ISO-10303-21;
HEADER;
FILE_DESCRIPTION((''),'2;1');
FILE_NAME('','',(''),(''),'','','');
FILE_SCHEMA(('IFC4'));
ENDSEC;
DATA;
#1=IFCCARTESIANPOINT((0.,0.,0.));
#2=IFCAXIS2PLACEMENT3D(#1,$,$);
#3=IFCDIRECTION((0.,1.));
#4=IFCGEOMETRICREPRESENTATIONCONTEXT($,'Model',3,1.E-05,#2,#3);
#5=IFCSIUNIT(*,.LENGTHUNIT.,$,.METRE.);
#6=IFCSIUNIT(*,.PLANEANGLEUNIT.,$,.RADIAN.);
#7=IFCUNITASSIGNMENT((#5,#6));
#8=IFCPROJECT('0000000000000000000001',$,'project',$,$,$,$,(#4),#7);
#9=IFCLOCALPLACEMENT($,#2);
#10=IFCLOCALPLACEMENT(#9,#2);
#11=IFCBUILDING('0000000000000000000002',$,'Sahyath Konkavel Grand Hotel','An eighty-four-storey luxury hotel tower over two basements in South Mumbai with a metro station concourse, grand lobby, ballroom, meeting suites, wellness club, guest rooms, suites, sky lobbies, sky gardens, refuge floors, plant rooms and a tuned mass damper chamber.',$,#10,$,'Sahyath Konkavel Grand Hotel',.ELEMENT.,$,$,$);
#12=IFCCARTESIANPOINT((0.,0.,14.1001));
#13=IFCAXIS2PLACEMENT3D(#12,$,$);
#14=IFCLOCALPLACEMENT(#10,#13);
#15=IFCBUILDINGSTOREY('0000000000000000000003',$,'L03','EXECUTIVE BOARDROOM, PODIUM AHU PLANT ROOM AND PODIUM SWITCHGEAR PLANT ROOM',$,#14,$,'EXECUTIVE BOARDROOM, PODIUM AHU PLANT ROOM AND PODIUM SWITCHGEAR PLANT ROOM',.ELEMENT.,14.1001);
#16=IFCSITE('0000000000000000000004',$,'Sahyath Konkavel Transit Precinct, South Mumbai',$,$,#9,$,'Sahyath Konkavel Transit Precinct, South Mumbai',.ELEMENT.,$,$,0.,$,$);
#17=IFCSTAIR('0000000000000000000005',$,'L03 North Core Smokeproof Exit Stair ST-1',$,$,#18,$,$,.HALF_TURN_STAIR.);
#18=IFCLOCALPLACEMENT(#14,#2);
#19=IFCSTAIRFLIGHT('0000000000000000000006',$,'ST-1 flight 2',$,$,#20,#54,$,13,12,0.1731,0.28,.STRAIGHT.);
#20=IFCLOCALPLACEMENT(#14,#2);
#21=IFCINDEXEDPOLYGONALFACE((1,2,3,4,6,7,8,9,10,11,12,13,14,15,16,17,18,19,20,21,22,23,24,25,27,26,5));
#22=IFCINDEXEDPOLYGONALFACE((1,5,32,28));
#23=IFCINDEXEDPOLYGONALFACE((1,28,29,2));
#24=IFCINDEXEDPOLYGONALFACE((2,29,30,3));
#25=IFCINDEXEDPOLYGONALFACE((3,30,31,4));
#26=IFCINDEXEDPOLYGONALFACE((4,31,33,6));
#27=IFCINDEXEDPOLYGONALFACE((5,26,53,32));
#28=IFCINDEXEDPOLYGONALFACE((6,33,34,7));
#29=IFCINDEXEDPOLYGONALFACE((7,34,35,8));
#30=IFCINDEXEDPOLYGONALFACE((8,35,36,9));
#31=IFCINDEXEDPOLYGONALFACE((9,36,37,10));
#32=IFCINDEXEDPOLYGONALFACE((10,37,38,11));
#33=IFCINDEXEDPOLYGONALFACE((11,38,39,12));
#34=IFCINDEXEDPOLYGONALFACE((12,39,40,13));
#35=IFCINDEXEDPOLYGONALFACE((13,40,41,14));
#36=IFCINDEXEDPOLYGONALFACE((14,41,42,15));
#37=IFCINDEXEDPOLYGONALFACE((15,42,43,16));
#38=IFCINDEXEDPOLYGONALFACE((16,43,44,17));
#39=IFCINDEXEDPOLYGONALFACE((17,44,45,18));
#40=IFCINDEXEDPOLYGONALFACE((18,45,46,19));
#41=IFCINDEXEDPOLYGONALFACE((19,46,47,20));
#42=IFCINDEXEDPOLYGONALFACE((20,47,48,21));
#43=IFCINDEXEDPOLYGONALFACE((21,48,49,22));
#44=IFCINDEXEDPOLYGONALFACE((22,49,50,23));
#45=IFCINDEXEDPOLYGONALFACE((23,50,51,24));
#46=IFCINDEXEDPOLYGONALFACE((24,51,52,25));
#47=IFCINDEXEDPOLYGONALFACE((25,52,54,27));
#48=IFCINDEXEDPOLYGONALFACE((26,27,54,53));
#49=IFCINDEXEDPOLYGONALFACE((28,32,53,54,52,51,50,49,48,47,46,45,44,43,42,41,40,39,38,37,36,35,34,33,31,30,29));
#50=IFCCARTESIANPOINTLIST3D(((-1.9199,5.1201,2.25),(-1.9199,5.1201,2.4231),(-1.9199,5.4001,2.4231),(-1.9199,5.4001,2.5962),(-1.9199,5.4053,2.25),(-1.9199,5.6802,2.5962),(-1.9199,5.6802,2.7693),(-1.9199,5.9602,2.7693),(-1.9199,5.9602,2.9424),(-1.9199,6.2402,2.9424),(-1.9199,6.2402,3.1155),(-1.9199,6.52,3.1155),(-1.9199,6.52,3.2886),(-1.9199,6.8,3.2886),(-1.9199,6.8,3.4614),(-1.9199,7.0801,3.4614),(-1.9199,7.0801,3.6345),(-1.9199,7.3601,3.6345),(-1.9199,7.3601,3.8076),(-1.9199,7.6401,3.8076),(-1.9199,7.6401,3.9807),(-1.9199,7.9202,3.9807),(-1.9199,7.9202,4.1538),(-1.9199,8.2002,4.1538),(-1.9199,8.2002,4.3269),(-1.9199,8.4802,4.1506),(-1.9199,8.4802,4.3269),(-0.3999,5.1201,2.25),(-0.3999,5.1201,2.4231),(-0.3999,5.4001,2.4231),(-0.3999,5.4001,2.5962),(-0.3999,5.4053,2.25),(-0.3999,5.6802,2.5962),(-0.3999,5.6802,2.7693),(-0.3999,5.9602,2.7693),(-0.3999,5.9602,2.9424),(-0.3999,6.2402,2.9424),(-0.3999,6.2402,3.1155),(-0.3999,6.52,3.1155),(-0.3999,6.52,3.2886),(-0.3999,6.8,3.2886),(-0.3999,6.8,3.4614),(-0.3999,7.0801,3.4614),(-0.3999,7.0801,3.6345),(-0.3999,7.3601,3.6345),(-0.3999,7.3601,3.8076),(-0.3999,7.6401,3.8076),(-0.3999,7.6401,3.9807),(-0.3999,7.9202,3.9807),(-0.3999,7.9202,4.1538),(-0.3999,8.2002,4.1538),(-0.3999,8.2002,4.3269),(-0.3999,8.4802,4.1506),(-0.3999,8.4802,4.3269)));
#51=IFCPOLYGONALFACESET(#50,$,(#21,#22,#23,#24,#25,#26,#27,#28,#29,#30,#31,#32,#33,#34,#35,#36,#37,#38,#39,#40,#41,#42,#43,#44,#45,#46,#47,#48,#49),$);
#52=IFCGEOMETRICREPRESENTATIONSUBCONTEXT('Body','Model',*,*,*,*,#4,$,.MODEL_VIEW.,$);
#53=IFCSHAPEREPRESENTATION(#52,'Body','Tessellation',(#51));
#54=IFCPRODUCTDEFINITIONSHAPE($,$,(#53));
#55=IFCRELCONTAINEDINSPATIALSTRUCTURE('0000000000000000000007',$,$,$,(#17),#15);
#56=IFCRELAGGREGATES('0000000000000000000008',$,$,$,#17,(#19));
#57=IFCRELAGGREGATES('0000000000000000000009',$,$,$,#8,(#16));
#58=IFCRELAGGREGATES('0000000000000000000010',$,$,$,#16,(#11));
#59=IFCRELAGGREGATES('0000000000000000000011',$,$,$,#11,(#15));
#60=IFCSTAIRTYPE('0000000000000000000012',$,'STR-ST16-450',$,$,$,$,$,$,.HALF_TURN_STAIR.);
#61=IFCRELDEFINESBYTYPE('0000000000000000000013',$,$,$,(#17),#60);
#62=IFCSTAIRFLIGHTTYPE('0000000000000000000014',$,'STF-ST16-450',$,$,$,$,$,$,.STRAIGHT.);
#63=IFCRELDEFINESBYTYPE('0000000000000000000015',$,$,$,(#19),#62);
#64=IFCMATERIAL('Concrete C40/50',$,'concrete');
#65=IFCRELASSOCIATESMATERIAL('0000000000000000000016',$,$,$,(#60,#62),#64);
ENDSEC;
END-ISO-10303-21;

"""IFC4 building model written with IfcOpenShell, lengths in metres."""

from ifc_helpers import new_model, si_unit, direction, frame, origin, place, context, subcontext, project, spatial, polyline, outline, extrude, material, type_object, element, aggregate, save


model = new_model("IFC4")

# Units and contexts
model_context = context("Model", 3, precision=1e-05, world=origin(), true_north=direction((0.0, 1.0)))
body_context = subcontext(model_context, "Body", "Model", "MODEL_VIEW")
ifc_project = project(units=[si_unit("LENGTHUNIT", "METRE"), si_unit("PLANEANGLEUNIT", "RADIAN")], contexts=[model_context])

# Site, building, storey
site_placement = place(None, origin())
site = spatial("IfcSite", under=ifc_project, at=site_placement, Name="Sahyath Konkavel Transit Precinct, South Mumbai", LongName="Sahyath Konkavel Transit Precinct, South Mumbai", CompositionType="ELEMENT", RefElevation=0.0)
building_placement = place(site_placement, origin())
building = spatial("IfcBuilding", under=site, at=building_placement, Name="Sahyath Konkavel Grand Hotel", Description="An eighty-four-storey luxury hotel tower over two basements in South Mumbai with a metro station concourse, grand lobby, ballroom, meeting suites, wellness club, guest rooms, suites, sky lobbies, sky gardens, refuge floors, plant rooms and a tuned mass damper chamber.", LongName="Sahyath Konkavel Grand Hotel", CompositionType="ELEMENT")
storey_placement = place(building_placement, frame((0.0, 0.0, 14.1001)))
storey = spatial("IfcBuildingStorey", under=building, at=storey_placement, Name="L03", Description="EXECUTIVE BOARDROOM, PODIUM AHU PLANT ROOM AND PODIUM SWITCHGEAR PLANT ROOM", LongName="EXECUTIVE BOARDROOM, PODIUM AHU PLANT ROOM AND PODIUM SWITCHGEAR PLANT ROOM", CompositionType="ELEMENT", Elevation=14.1001)

# Shared definitions
ifc_material_1 = material(Name="Concrete C40/50", Category="concrete")

# Shared definitions
stair_type = type_object("IfcStairType", Name="STR-ST16-450", PredefinedType="HALF_TURN_STAIR", material=ifc_material_1)

# Stair, stair flight
stair_1_placement = place(storey_placement, origin())
stair_1 = element("IfcStair", 1, at=stair_1_placement, inside=storey, type_object=stair_type, Name="L03 North Core Smokeproof Exit Stair ST-1", PredefinedType="HALF_TURN_STAIR")
stair_flight_type = type_object("IfcStairFlightType", Name="STF-ST16-450", PredefinedType="STRAIGHT", material=ifc_material_1)
stair_flight_1_placement = place(storey_placement, frame((-1.1599, 5.1201, 2.25), z_axis=(0.0, 0.0, 1.0), x_axis=(0.0, 1.0, 0.0)))
stair_flight_1 = element("IfcStairFlight", 2, at=stair_flight_1_placement, type_object=stair_flight_type, Name="ST-1 flight 2", NumberOfRisers=13, NumberOfTreads=12, PredefinedType="STRAIGHT", RiserHeight=0.1731, TreadLength=0.28, context=body_context, shape_type="SweptSolid", body=[
    extrude(outline(polyline([(0.0, 0.0), (0.0, 0.1731), (0.28, 0.1731), (0.28, 0.3462), (0.5601, 0.3462), (0.5601, 0.5193), (0.8401, 0.5193), (0.8401, 0.6924), (1.1201, 0.6924), (1.1201, 0.8655), (1.3999, 0.8655), (1.3999, 1.0386), (1.6799, 1.0386), (1.6799, 1.2114), (1.96, 1.2114), (1.96, 1.3845), (2.24, 1.3845), (2.24, 1.5576), (2.52, 1.5576), (2.52, 1.7307), (2.8, 1.7307), (2.8, 1.9038), (3.0801, 1.9038), (3.0801, 2.0769), (3.3601, 2.0769), (3.3601, 2.25), (3.3601, 1.9006), (0.2852, 0.0), (0.0, 0.0)])), frame((0.0, 0.76, 0.0), z_axis=(0.0, -1.0, 0.0), x_axis=(1.0, 0.0, 0.0)), (0.0, 0.0, 1.0), 1.52),
])
aggregate(stair_1, [stair_flight_1])

save(model, "model.ifc")
